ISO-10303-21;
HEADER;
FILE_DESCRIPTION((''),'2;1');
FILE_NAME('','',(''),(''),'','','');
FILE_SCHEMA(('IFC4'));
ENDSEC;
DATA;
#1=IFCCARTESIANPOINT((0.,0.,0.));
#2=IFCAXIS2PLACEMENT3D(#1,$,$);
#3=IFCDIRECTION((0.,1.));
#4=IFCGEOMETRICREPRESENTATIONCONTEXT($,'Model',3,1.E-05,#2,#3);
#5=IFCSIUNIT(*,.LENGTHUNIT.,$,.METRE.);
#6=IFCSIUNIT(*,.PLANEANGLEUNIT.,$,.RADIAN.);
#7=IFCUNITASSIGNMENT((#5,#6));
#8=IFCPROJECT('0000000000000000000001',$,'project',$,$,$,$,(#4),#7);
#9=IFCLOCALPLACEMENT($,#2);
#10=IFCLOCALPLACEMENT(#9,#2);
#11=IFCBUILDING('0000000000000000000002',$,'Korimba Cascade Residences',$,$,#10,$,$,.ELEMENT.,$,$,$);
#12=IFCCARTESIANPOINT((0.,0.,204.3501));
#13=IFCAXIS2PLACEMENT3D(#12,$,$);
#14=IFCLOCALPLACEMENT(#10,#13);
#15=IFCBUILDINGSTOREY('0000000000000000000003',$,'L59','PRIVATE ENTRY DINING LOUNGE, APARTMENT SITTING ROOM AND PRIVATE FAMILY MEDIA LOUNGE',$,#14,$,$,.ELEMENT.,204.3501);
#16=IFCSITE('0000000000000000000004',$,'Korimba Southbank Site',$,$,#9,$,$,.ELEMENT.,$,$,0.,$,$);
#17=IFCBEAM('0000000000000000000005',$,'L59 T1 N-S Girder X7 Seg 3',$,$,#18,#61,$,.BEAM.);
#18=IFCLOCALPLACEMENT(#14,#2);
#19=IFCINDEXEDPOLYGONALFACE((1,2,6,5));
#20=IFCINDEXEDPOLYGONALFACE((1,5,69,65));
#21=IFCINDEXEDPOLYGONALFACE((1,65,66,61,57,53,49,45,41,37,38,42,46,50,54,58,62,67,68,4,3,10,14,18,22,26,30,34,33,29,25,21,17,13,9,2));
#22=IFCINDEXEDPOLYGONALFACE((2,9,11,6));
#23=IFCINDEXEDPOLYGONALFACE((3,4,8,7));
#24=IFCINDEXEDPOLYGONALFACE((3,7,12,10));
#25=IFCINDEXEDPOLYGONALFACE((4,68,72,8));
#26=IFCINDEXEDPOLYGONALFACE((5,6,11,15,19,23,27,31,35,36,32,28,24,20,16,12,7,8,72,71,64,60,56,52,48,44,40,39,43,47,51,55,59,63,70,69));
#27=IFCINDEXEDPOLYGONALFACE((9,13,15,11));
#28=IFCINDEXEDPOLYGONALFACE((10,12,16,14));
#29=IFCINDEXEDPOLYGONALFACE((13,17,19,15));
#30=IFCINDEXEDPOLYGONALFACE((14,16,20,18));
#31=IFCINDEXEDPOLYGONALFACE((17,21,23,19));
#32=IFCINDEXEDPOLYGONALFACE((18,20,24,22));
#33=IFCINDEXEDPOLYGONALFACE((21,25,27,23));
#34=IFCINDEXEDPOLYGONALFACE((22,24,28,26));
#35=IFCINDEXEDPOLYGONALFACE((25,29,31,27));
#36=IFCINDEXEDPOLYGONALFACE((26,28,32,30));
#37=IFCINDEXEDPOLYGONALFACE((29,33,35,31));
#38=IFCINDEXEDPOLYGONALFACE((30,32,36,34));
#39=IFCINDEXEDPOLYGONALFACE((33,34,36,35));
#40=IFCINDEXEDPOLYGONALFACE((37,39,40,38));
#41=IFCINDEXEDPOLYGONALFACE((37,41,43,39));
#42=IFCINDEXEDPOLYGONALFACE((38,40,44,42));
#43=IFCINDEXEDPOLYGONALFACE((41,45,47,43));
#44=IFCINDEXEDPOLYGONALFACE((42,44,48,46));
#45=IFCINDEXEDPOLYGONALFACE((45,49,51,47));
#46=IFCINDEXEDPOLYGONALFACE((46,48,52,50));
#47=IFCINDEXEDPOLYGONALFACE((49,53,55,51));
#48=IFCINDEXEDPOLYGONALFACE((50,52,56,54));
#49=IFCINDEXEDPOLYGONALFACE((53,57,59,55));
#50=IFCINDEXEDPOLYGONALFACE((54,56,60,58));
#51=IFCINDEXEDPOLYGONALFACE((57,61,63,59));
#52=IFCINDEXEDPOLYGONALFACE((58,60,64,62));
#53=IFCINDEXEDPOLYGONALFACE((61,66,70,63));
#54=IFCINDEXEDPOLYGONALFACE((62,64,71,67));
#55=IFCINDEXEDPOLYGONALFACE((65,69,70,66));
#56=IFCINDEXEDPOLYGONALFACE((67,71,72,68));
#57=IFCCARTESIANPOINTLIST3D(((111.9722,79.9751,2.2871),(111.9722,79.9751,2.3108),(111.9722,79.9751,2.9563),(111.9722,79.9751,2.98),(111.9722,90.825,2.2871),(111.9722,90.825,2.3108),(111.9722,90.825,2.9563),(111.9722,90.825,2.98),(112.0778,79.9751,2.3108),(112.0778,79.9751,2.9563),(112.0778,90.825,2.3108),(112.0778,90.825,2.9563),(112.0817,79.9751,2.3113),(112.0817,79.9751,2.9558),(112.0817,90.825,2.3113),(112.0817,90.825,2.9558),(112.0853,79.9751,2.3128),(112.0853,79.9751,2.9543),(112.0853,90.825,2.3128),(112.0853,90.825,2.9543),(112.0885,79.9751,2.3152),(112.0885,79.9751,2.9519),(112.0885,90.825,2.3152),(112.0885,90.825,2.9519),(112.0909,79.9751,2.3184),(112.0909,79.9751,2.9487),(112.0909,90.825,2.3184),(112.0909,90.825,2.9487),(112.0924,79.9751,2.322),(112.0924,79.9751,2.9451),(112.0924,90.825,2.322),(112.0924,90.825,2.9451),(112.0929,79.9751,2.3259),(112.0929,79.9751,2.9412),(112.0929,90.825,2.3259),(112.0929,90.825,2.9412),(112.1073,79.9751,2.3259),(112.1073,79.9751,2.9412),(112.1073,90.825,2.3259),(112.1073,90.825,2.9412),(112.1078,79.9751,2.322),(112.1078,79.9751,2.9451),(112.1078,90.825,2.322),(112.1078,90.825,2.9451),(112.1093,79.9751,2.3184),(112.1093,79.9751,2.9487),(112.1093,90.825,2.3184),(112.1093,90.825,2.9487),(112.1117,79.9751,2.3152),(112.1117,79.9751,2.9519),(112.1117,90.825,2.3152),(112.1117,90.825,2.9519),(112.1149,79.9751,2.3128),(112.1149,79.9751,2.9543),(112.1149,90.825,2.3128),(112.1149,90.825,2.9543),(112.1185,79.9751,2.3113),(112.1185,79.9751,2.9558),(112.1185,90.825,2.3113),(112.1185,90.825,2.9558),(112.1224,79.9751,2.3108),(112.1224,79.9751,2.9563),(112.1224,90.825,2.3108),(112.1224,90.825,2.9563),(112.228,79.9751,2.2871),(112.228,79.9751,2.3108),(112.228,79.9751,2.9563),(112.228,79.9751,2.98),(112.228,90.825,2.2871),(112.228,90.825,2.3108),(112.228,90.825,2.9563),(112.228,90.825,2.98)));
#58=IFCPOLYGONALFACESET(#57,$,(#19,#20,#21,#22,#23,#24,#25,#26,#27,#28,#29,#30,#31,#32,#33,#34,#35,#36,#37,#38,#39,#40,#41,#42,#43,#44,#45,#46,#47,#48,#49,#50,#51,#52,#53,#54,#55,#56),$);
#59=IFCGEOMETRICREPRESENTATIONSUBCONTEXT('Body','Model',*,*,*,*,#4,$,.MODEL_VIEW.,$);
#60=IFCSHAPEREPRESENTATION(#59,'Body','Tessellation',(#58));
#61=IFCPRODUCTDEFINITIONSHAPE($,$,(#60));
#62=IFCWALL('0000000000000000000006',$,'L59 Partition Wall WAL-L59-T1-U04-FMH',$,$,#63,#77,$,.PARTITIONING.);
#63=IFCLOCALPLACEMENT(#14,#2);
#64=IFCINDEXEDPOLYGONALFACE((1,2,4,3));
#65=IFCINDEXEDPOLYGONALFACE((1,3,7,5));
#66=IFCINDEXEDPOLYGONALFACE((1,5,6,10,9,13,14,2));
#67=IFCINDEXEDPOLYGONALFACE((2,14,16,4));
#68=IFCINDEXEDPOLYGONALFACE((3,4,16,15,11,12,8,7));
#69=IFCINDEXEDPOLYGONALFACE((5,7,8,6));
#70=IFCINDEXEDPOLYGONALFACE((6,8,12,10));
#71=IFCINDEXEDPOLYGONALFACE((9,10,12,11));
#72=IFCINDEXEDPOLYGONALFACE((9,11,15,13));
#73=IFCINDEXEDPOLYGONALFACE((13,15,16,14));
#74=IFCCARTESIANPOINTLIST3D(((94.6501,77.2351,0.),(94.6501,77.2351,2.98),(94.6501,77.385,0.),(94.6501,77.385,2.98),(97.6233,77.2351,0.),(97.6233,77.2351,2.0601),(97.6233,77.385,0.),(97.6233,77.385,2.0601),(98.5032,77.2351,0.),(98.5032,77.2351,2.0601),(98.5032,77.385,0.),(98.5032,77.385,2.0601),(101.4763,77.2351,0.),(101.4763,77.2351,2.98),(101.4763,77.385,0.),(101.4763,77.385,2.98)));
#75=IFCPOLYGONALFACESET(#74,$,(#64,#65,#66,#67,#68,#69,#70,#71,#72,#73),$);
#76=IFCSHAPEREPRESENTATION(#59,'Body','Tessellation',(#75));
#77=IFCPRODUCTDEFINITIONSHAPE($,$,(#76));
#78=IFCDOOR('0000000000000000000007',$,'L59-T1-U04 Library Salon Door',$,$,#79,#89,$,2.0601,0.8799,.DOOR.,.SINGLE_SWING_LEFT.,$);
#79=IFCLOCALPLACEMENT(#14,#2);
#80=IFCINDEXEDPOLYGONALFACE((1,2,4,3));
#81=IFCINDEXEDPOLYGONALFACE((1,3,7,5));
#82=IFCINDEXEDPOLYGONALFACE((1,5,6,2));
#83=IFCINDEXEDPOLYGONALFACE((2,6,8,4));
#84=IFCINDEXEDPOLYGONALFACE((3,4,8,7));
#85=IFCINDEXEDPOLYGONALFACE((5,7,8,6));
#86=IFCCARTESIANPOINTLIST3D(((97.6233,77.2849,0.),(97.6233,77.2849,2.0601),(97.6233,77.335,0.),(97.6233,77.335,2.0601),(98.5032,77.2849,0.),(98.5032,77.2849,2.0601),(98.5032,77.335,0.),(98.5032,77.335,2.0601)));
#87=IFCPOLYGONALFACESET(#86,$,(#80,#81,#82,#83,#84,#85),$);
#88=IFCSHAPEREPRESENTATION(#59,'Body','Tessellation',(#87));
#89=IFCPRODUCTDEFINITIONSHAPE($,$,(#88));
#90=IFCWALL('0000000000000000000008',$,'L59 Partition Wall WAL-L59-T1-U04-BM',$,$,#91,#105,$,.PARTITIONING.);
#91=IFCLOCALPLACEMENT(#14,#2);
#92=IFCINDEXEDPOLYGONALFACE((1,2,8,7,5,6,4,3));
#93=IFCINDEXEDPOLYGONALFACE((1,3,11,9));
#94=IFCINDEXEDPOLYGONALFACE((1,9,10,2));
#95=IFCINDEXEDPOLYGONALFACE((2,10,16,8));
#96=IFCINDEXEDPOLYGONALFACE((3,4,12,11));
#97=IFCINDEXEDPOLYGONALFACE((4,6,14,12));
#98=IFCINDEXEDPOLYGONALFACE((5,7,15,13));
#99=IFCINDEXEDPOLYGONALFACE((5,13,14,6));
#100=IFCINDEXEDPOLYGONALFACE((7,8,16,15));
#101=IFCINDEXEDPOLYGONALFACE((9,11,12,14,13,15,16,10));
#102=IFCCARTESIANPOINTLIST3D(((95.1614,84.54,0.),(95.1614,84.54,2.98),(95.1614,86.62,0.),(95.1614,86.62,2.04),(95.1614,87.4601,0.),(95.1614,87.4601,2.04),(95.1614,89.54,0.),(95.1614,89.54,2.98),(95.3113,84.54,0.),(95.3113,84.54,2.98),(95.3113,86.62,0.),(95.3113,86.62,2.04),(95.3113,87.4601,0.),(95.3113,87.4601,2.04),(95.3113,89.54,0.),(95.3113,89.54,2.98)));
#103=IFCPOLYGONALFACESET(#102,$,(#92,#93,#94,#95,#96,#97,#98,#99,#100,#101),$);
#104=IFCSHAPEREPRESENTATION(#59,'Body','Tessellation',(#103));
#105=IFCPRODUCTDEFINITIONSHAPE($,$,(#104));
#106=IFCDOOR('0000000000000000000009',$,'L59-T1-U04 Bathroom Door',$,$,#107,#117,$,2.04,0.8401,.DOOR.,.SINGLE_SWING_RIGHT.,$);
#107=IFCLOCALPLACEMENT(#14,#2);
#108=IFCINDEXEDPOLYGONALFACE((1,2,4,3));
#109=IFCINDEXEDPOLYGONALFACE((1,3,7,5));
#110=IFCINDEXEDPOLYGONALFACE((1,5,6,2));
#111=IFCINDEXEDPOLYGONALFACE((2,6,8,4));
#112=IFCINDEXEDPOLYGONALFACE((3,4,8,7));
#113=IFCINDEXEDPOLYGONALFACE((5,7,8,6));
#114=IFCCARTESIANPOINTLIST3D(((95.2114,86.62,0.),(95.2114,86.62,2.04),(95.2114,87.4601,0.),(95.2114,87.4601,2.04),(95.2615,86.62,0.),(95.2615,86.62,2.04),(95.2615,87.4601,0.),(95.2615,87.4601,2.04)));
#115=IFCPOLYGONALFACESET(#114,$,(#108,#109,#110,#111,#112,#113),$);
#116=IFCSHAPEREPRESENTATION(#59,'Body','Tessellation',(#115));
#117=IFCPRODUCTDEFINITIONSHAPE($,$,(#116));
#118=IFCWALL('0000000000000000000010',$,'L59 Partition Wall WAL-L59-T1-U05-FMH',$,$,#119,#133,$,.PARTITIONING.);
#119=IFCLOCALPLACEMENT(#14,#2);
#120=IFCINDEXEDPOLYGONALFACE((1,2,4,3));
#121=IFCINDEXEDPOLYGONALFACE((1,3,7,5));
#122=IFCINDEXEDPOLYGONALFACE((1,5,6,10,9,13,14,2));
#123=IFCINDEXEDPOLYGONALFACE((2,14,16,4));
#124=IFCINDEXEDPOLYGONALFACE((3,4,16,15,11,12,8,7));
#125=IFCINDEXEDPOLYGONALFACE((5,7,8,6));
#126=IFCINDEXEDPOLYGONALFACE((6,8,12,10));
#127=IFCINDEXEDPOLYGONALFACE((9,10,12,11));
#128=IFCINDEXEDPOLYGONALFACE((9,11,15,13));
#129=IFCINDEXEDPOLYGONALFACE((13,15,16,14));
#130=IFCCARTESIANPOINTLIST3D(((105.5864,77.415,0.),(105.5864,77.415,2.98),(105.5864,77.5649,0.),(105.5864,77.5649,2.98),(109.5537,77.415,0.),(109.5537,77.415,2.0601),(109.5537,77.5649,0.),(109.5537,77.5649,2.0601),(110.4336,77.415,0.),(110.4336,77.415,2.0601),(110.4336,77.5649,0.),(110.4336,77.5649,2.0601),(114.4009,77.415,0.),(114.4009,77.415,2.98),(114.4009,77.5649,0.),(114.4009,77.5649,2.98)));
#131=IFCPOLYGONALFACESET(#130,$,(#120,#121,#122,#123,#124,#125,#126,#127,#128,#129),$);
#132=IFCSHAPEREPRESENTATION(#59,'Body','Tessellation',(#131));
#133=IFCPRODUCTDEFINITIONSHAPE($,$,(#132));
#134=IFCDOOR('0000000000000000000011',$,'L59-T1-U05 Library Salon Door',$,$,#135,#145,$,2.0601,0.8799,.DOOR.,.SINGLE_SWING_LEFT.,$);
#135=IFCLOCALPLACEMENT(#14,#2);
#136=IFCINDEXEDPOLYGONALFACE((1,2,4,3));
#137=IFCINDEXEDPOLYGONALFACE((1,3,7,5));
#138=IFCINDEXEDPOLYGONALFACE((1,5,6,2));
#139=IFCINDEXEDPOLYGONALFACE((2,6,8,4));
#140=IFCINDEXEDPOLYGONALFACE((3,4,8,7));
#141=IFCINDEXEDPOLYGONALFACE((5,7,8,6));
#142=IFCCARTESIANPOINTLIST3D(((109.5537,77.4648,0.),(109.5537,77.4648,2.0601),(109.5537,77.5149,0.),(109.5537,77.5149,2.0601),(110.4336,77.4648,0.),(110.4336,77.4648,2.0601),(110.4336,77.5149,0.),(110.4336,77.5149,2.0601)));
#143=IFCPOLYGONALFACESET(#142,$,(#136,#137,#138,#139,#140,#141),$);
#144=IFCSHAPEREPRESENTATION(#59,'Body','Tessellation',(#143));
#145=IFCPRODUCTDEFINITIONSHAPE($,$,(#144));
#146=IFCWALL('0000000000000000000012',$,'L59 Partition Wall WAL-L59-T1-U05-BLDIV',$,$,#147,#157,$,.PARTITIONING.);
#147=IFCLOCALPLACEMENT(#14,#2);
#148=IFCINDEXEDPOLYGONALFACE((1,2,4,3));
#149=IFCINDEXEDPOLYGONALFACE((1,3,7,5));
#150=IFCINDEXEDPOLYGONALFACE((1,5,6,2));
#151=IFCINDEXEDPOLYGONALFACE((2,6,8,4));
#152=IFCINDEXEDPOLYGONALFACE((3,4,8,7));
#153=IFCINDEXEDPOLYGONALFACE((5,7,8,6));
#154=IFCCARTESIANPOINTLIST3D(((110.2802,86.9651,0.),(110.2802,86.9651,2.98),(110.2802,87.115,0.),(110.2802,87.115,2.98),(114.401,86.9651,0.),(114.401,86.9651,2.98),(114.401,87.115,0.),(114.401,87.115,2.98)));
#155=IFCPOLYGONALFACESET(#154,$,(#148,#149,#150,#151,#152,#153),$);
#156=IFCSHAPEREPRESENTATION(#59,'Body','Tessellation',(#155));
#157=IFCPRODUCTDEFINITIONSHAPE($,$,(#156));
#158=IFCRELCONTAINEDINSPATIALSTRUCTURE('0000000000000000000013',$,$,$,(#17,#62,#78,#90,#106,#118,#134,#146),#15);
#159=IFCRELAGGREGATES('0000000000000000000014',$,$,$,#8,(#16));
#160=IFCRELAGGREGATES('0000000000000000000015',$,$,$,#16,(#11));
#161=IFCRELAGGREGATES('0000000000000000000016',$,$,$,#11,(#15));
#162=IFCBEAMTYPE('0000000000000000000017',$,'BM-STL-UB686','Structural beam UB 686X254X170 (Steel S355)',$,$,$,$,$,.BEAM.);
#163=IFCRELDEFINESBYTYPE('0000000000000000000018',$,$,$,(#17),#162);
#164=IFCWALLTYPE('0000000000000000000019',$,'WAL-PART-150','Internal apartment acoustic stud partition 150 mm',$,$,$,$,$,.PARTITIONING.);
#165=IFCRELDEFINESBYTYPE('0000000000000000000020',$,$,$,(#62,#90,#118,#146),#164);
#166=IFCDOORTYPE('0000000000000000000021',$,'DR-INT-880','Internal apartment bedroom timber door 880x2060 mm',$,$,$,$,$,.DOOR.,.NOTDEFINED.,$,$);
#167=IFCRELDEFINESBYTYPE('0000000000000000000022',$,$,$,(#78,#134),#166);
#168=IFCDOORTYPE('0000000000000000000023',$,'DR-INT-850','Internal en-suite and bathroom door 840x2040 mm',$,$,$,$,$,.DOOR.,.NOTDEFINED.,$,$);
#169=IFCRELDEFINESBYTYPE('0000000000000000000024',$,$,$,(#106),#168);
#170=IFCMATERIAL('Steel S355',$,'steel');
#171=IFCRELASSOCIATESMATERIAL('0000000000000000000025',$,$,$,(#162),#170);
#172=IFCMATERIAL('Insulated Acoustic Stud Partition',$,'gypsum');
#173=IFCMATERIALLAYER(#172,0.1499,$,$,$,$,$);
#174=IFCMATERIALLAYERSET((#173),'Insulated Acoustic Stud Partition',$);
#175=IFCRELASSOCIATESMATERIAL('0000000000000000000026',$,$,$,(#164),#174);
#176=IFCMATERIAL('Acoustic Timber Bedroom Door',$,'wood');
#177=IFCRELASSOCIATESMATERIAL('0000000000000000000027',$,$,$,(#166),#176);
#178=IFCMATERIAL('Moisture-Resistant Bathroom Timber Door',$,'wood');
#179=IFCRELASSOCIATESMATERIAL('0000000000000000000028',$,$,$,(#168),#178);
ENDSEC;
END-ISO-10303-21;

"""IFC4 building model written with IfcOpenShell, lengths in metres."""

from ifc_helpers import new_model, si_unit, direction, frame, frame_2d, origin, origin_2d, place, context, subcontext, project, spatial, rectangle, i_section, extrude, material, layer, layer_set, material_profile, profile_set, type_object, element, fill, save


model = new_model("IFC4")

# Units and contexts
model_context = context("Model", 3, precision=1e-05, world=origin(), true_north=direction((0.0, 1.0)))
body_context = subcontext(model_context, "Body", "Model", "MODEL_VIEW")
ifc_project = project(units=[si_unit("LENGTHUNIT", "METRE"), si_unit("PLANEANGLEUNIT", "RADIAN")], contexts=[model_context])

# Site, building, storey
site_placement = place(None, origin())
site = spatial("IfcSite", under=ifc_project, at=site_placement, Name="Korimba Southbank Site", CompositionType="ELEMENT", RefElevation=0.0)
building_placement = place(site_placement, origin())
building = spatial("IfcBuilding", under=site, at=building_placement, Name="Korimba Cascade Residences", CompositionType="ELEMENT")
storey_placement = place(building_placement, frame((0.0, 0.0, 204.3501)))
storey = spatial("IfcBuildingStorey", under=building, at=storey_placement, Name="L59", Description="PRIVATE ENTRY DINING LOUNGE, APARTMENT SITTING ROOM AND PRIVATE FAMILY MEDIA LOUNGE", CompositionType="ELEMENT", Elevation=204.3501)

# Beam
ifc_material_1 = material(Name="Steel S355", Category="steel")
ifc_material_profile_1 = material_profile(ifc_material_1, i_section(OverallWidth=0.2559, OverallDepth=0.6929, WebThickness=0.0144, FlangeThickness=0.0237, FilletRadius=0.0151, at=origin_2d()), Name="Steel S355")
ifc_profile_set_1 = profile_set([ifc_material_profile_1], Name="Steel S355")
beam_type_1 = type_object("IfcBeamType", Name="BM-STL-UB686", Description="Structural beam UB 686X254X170 (Steel S355)", PredefinedType="BEAM", material=ifc_profile_set_1)
for number, where, z_axis, x_axis, name in (
    (1, (112.1001, 79.9751, 2.6335), (0.0, 1.0, 0.0), (-1.0, 0.0, 0.0), "L59 T1 N-S Girder X7 Seg 3"),
):
    element("IfcBeam", number, at=place(storey_placement, frame(where, z_axis=z_axis, x_axis=x_axis)), inside=storey, type_object=beam_type_1, Name=name, PredefinedType="BEAM", context=body_context, shape_type="SweptSolid", body=[
        extrude(i_section(OverallWidth=0.2559, OverallDepth=0.6929, WebThickness=0.0144, FlangeThickness=0.0237, FilletRadius=0.0151, at=origin_2d()), origin(), (0.0, 0.0, 1.0), 10.8499),
    ])

# Walls, openings, doors
ifc_material_2 = material(Name="Insulated Acoustic Stud Partition", Category="gypsum")
ifc_layer = layer(ifc_material_2, 0.1499)
ifc_layer_set = layer_set([ifc_layer], Name="Insulated Acoustic Stud Partition")
wall_type = type_object("IfcWallType", Name="WAL-PART-150", Description="Internal apartment acoustic stud partition 150 mm", PredefinedType="PARTITIONING", material=ifc_layer_set)
wall_1_placement = place(storey_placement, frame((94.6501, 77.3101, 0.0), z_axis=(0.0, 0.0, 1.0), x_axis=(1.0, 0.0, 0.0)))
wall_1 = element("IfcWall", 2, at=wall_1_placement, inside=storey, type_object=wall_type, Name="L59 Partition Wall WAL-L59-T1-U04-FMH", PredefinedType="PARTITIONING", context=body_context, shape_type="SweptSolid", body=[
    extrude(rectangle(XDim=6.8262, YDim=0.1499, at=frame_2d((3.4131, 0.0))), origin(), (0.0, 0.0, 1.0), 2.98),
])
opening_1_placement = place(wall_1_placement, frame((2.9731, 0.0, 0.0)))
opening_1 = element("IfcOpeningElement", 3, at=opening_1_placement, cuts=wall_1, PredefinedType="OPENING", context=body_context, shape_type="SweptSolid", body=[
    extrude(rectangle(XDim=0.8799, YDim=2.0601, at=frame_2d((0.4399, 1.03))), frame((0.0, 0.085, 0.0), z_axis=(0.0, -1.0, 0.0), x_axis=(1.0, 0.0, 0.0)), (0.0, 0.0, 1.0), 0.1699),
])
ifc_material_3 = material(Name="Acoustic Timber Bedroom Door", Category="wood")
door_type_1 = type_object("IfcDoorType", Name="DR-INT-880", Description="Internal apartment bedroom timber door 880x2060 mm", OperationType="NOTDEFINED", PredefinedType="DOOR", material=ifc_material_3)
door_1_placement = place(opening_1_placement, origin())
door_1 = element("IfcDoor", 4, at=door_1_placement, inside=storey, type_object=door_type_1, Name="L59-T1-U04 Library Salon Door", OperationType="SINGLE_SWING_LEFT", OverallHeight=2.0601, OverallWidth=0.8799, PredefinedType="DOOR", context=body_context, shape_type="SweptSolid", body=[
    extrude(rectangle(XDim=0.8799, YDim=2.0601, at=frame_2d((0.4399, 1.03))), frame((0.0, 0.0249, 0.0), z_axis=(0.0, -1.0, 0.0), x_axis=(1.0, 0.0, 0.0)), (0.0, 0.0, 1.0), 0.05),
])
fill(opening_1, door_1)
wall_2_placement = place(storey_placement, frame((95.2363, 84.54, 0.0), z_axis=(0.0, 0.0, 1.0), x_axis=(0.0, 1.0, 0.0)))
wall_2 = element("IfcWall", 5, at=wall_2_placement, inside=storey, type_object=wall_type, Name="L59 Partition Wall WAL-L59-T1-U04-BM", PredefinedType="PARTITIONING", context=body_context, shape_type="SweptSolid", body=[
    extrude(rectangle(XDim=5.0, YDim=0.1499, at=frame_2d((2.5, 0.0))), origin(), (0.0, 0.0, 1.0), 2.98),
])
opening_2_placement = place(wall_2_placement, frame((2.0801, 0.0, 0.0)))
opening_2 = element("IfcOpeningElement", 6, at=opening_2_placement, cuts=wall_2, PredefinedType="OPENING", context=body_context, shape_type="SweptSolid", body=[
    extrude(rectangle(XDim=0.8401, YDim=2.04, at=frame_2d((0.4199, 1.02))), frame((0.0, 0.085, 0.0), z_axis=(0.0, -1.0, 0.0), x_axis=(1.0, 0.0, 0.0)), (0.0, 0.0, 1.0), 0.1699),
])
ifc_material_4 = material(Name="Moisture-Resistant Bathroom Timber Door", Category="wood")
door_type_2 = type_object("IfcDoorType", Name="DR-INT-850", Description="Internal en-suite and bathroom door 840x2040 mm", OperationType="NOTDEFINED", PredefinedType="DOOR", material=ifc_material_4)
door_2_placement = place(opening_2_placement, origin())
door_2 = element("IfcDoor", 7, at=door_2_placement, inside=storey, type_object=door_type_2, Name="L59-T1-U04 Bathroom Door", OperationType="SINGLE_SWING_RIGHT", OverallHeight=2.04, OverallWidth=0.8401, PredefinedType="DOOR", context=body_context, shape_type="SweptSolid", body=[
    extrude(rectangle(XDim=0.8401, YDim=2.04, at=frame_2d((0.4199, 1.02))), frame((0.0, 0.0249, 0.0), z_axis=(0.0, -1.0, 0.0), x_axis=(1.0, 0.0, 0.0)), (0.0, 0.0, 1.0), 0.05),
])
fill(opening_2, door_2)
wall_3_placement = place(storey_placement, frame((105.5864, 77.49, 0.0), z_axis=(0.0, 0.0, 1.0), x_axis=(1.0, 0.0, 0.0)))
wall_3 = element("IfcWall", 8, at=wall_3_placement, inside=storey, type_object=wall_type, Name="L59 Partition Wall WAL-L59-T1-U05-FMH", PredefinedType="PARTITIONING", context=body_context, shape_type="SweptSolid", body=[
    extrude(rectangle(XDim=8.8145, YDim=0.1499, at=frame_2d((4.4072, 0.0))), origin(), (0.0, 0.0, 1.0), 2.98),
])
opening_3_placement = place(wall_3_placement, frame((3.9673, 0.0, 0.0)))
opening_3 = element("IfcOpeningElement", 9, at=opening_3_placement, cuts=wall_3, PredefinedType="OPENING", context=body_context, shape_type="SweptSolid", body=[
    extrude(rectangle(XDim=0.8799, YDim=2.0601, at=frame_2d((0.4399, 1.03))), frame((0.0, 0.085, 0.0), z_axis=(0.0, -1.0, 0.0), x_axis=(1.0, 0.0, 0.0)), (0.0, 0.0, 1.0), 0.1699),
])
door_3_placement = place(opening_3_placement, origin())
door_3 = element("IfcDoor", 10, at=door_3_placement, inside=storey, type_object=door_type_1, Name="L59-T1-U05 Library Salon Door", OperationType="SINGLE_SWING_LEFT", OverallHeight=2.0601, OverallWidth=0.8799, PredefinedType="DOOR", context=body_context, shape_type="SweptSolid", body=[
    extrude(rectangle(XDim=0.8799, YDim=2.0601, at=frame_2d((0.4399, 1.03))), frame((0.0, 0.0249, 0.0), z_axis=(0.0, -1.0, 0.0), x_axis=(1.0, 0.0, 0.0)), (0.0, 0.0, 1.0), 0.05),
])
fill(opening_3, door_3)

# Wall
wall_4_placement = place(storey_placement, frame((110.28, 87.04, 0.0), z_axis=(0.0, 0.0, 1.0), x_axis=(1.0, 0.0, 0.0)))
element("IfcWall", 11, at=wall_4_placement, inside=storey, type_object=wall_type, Name="L59 Partition Wall WAL-L59-T1-U05-BLDIV", PredefinedType="PARTITIONING", context=body_context, shape_type="SweptSolid", body=[
    extrude(rectangle(XDim=4.1208, YDim=0.1499, at=frame_2d((2.0605, 0.0))), origin(), (0.0, 0.0, 1.0), 2.98),
])

save(model, "model.ifc")
